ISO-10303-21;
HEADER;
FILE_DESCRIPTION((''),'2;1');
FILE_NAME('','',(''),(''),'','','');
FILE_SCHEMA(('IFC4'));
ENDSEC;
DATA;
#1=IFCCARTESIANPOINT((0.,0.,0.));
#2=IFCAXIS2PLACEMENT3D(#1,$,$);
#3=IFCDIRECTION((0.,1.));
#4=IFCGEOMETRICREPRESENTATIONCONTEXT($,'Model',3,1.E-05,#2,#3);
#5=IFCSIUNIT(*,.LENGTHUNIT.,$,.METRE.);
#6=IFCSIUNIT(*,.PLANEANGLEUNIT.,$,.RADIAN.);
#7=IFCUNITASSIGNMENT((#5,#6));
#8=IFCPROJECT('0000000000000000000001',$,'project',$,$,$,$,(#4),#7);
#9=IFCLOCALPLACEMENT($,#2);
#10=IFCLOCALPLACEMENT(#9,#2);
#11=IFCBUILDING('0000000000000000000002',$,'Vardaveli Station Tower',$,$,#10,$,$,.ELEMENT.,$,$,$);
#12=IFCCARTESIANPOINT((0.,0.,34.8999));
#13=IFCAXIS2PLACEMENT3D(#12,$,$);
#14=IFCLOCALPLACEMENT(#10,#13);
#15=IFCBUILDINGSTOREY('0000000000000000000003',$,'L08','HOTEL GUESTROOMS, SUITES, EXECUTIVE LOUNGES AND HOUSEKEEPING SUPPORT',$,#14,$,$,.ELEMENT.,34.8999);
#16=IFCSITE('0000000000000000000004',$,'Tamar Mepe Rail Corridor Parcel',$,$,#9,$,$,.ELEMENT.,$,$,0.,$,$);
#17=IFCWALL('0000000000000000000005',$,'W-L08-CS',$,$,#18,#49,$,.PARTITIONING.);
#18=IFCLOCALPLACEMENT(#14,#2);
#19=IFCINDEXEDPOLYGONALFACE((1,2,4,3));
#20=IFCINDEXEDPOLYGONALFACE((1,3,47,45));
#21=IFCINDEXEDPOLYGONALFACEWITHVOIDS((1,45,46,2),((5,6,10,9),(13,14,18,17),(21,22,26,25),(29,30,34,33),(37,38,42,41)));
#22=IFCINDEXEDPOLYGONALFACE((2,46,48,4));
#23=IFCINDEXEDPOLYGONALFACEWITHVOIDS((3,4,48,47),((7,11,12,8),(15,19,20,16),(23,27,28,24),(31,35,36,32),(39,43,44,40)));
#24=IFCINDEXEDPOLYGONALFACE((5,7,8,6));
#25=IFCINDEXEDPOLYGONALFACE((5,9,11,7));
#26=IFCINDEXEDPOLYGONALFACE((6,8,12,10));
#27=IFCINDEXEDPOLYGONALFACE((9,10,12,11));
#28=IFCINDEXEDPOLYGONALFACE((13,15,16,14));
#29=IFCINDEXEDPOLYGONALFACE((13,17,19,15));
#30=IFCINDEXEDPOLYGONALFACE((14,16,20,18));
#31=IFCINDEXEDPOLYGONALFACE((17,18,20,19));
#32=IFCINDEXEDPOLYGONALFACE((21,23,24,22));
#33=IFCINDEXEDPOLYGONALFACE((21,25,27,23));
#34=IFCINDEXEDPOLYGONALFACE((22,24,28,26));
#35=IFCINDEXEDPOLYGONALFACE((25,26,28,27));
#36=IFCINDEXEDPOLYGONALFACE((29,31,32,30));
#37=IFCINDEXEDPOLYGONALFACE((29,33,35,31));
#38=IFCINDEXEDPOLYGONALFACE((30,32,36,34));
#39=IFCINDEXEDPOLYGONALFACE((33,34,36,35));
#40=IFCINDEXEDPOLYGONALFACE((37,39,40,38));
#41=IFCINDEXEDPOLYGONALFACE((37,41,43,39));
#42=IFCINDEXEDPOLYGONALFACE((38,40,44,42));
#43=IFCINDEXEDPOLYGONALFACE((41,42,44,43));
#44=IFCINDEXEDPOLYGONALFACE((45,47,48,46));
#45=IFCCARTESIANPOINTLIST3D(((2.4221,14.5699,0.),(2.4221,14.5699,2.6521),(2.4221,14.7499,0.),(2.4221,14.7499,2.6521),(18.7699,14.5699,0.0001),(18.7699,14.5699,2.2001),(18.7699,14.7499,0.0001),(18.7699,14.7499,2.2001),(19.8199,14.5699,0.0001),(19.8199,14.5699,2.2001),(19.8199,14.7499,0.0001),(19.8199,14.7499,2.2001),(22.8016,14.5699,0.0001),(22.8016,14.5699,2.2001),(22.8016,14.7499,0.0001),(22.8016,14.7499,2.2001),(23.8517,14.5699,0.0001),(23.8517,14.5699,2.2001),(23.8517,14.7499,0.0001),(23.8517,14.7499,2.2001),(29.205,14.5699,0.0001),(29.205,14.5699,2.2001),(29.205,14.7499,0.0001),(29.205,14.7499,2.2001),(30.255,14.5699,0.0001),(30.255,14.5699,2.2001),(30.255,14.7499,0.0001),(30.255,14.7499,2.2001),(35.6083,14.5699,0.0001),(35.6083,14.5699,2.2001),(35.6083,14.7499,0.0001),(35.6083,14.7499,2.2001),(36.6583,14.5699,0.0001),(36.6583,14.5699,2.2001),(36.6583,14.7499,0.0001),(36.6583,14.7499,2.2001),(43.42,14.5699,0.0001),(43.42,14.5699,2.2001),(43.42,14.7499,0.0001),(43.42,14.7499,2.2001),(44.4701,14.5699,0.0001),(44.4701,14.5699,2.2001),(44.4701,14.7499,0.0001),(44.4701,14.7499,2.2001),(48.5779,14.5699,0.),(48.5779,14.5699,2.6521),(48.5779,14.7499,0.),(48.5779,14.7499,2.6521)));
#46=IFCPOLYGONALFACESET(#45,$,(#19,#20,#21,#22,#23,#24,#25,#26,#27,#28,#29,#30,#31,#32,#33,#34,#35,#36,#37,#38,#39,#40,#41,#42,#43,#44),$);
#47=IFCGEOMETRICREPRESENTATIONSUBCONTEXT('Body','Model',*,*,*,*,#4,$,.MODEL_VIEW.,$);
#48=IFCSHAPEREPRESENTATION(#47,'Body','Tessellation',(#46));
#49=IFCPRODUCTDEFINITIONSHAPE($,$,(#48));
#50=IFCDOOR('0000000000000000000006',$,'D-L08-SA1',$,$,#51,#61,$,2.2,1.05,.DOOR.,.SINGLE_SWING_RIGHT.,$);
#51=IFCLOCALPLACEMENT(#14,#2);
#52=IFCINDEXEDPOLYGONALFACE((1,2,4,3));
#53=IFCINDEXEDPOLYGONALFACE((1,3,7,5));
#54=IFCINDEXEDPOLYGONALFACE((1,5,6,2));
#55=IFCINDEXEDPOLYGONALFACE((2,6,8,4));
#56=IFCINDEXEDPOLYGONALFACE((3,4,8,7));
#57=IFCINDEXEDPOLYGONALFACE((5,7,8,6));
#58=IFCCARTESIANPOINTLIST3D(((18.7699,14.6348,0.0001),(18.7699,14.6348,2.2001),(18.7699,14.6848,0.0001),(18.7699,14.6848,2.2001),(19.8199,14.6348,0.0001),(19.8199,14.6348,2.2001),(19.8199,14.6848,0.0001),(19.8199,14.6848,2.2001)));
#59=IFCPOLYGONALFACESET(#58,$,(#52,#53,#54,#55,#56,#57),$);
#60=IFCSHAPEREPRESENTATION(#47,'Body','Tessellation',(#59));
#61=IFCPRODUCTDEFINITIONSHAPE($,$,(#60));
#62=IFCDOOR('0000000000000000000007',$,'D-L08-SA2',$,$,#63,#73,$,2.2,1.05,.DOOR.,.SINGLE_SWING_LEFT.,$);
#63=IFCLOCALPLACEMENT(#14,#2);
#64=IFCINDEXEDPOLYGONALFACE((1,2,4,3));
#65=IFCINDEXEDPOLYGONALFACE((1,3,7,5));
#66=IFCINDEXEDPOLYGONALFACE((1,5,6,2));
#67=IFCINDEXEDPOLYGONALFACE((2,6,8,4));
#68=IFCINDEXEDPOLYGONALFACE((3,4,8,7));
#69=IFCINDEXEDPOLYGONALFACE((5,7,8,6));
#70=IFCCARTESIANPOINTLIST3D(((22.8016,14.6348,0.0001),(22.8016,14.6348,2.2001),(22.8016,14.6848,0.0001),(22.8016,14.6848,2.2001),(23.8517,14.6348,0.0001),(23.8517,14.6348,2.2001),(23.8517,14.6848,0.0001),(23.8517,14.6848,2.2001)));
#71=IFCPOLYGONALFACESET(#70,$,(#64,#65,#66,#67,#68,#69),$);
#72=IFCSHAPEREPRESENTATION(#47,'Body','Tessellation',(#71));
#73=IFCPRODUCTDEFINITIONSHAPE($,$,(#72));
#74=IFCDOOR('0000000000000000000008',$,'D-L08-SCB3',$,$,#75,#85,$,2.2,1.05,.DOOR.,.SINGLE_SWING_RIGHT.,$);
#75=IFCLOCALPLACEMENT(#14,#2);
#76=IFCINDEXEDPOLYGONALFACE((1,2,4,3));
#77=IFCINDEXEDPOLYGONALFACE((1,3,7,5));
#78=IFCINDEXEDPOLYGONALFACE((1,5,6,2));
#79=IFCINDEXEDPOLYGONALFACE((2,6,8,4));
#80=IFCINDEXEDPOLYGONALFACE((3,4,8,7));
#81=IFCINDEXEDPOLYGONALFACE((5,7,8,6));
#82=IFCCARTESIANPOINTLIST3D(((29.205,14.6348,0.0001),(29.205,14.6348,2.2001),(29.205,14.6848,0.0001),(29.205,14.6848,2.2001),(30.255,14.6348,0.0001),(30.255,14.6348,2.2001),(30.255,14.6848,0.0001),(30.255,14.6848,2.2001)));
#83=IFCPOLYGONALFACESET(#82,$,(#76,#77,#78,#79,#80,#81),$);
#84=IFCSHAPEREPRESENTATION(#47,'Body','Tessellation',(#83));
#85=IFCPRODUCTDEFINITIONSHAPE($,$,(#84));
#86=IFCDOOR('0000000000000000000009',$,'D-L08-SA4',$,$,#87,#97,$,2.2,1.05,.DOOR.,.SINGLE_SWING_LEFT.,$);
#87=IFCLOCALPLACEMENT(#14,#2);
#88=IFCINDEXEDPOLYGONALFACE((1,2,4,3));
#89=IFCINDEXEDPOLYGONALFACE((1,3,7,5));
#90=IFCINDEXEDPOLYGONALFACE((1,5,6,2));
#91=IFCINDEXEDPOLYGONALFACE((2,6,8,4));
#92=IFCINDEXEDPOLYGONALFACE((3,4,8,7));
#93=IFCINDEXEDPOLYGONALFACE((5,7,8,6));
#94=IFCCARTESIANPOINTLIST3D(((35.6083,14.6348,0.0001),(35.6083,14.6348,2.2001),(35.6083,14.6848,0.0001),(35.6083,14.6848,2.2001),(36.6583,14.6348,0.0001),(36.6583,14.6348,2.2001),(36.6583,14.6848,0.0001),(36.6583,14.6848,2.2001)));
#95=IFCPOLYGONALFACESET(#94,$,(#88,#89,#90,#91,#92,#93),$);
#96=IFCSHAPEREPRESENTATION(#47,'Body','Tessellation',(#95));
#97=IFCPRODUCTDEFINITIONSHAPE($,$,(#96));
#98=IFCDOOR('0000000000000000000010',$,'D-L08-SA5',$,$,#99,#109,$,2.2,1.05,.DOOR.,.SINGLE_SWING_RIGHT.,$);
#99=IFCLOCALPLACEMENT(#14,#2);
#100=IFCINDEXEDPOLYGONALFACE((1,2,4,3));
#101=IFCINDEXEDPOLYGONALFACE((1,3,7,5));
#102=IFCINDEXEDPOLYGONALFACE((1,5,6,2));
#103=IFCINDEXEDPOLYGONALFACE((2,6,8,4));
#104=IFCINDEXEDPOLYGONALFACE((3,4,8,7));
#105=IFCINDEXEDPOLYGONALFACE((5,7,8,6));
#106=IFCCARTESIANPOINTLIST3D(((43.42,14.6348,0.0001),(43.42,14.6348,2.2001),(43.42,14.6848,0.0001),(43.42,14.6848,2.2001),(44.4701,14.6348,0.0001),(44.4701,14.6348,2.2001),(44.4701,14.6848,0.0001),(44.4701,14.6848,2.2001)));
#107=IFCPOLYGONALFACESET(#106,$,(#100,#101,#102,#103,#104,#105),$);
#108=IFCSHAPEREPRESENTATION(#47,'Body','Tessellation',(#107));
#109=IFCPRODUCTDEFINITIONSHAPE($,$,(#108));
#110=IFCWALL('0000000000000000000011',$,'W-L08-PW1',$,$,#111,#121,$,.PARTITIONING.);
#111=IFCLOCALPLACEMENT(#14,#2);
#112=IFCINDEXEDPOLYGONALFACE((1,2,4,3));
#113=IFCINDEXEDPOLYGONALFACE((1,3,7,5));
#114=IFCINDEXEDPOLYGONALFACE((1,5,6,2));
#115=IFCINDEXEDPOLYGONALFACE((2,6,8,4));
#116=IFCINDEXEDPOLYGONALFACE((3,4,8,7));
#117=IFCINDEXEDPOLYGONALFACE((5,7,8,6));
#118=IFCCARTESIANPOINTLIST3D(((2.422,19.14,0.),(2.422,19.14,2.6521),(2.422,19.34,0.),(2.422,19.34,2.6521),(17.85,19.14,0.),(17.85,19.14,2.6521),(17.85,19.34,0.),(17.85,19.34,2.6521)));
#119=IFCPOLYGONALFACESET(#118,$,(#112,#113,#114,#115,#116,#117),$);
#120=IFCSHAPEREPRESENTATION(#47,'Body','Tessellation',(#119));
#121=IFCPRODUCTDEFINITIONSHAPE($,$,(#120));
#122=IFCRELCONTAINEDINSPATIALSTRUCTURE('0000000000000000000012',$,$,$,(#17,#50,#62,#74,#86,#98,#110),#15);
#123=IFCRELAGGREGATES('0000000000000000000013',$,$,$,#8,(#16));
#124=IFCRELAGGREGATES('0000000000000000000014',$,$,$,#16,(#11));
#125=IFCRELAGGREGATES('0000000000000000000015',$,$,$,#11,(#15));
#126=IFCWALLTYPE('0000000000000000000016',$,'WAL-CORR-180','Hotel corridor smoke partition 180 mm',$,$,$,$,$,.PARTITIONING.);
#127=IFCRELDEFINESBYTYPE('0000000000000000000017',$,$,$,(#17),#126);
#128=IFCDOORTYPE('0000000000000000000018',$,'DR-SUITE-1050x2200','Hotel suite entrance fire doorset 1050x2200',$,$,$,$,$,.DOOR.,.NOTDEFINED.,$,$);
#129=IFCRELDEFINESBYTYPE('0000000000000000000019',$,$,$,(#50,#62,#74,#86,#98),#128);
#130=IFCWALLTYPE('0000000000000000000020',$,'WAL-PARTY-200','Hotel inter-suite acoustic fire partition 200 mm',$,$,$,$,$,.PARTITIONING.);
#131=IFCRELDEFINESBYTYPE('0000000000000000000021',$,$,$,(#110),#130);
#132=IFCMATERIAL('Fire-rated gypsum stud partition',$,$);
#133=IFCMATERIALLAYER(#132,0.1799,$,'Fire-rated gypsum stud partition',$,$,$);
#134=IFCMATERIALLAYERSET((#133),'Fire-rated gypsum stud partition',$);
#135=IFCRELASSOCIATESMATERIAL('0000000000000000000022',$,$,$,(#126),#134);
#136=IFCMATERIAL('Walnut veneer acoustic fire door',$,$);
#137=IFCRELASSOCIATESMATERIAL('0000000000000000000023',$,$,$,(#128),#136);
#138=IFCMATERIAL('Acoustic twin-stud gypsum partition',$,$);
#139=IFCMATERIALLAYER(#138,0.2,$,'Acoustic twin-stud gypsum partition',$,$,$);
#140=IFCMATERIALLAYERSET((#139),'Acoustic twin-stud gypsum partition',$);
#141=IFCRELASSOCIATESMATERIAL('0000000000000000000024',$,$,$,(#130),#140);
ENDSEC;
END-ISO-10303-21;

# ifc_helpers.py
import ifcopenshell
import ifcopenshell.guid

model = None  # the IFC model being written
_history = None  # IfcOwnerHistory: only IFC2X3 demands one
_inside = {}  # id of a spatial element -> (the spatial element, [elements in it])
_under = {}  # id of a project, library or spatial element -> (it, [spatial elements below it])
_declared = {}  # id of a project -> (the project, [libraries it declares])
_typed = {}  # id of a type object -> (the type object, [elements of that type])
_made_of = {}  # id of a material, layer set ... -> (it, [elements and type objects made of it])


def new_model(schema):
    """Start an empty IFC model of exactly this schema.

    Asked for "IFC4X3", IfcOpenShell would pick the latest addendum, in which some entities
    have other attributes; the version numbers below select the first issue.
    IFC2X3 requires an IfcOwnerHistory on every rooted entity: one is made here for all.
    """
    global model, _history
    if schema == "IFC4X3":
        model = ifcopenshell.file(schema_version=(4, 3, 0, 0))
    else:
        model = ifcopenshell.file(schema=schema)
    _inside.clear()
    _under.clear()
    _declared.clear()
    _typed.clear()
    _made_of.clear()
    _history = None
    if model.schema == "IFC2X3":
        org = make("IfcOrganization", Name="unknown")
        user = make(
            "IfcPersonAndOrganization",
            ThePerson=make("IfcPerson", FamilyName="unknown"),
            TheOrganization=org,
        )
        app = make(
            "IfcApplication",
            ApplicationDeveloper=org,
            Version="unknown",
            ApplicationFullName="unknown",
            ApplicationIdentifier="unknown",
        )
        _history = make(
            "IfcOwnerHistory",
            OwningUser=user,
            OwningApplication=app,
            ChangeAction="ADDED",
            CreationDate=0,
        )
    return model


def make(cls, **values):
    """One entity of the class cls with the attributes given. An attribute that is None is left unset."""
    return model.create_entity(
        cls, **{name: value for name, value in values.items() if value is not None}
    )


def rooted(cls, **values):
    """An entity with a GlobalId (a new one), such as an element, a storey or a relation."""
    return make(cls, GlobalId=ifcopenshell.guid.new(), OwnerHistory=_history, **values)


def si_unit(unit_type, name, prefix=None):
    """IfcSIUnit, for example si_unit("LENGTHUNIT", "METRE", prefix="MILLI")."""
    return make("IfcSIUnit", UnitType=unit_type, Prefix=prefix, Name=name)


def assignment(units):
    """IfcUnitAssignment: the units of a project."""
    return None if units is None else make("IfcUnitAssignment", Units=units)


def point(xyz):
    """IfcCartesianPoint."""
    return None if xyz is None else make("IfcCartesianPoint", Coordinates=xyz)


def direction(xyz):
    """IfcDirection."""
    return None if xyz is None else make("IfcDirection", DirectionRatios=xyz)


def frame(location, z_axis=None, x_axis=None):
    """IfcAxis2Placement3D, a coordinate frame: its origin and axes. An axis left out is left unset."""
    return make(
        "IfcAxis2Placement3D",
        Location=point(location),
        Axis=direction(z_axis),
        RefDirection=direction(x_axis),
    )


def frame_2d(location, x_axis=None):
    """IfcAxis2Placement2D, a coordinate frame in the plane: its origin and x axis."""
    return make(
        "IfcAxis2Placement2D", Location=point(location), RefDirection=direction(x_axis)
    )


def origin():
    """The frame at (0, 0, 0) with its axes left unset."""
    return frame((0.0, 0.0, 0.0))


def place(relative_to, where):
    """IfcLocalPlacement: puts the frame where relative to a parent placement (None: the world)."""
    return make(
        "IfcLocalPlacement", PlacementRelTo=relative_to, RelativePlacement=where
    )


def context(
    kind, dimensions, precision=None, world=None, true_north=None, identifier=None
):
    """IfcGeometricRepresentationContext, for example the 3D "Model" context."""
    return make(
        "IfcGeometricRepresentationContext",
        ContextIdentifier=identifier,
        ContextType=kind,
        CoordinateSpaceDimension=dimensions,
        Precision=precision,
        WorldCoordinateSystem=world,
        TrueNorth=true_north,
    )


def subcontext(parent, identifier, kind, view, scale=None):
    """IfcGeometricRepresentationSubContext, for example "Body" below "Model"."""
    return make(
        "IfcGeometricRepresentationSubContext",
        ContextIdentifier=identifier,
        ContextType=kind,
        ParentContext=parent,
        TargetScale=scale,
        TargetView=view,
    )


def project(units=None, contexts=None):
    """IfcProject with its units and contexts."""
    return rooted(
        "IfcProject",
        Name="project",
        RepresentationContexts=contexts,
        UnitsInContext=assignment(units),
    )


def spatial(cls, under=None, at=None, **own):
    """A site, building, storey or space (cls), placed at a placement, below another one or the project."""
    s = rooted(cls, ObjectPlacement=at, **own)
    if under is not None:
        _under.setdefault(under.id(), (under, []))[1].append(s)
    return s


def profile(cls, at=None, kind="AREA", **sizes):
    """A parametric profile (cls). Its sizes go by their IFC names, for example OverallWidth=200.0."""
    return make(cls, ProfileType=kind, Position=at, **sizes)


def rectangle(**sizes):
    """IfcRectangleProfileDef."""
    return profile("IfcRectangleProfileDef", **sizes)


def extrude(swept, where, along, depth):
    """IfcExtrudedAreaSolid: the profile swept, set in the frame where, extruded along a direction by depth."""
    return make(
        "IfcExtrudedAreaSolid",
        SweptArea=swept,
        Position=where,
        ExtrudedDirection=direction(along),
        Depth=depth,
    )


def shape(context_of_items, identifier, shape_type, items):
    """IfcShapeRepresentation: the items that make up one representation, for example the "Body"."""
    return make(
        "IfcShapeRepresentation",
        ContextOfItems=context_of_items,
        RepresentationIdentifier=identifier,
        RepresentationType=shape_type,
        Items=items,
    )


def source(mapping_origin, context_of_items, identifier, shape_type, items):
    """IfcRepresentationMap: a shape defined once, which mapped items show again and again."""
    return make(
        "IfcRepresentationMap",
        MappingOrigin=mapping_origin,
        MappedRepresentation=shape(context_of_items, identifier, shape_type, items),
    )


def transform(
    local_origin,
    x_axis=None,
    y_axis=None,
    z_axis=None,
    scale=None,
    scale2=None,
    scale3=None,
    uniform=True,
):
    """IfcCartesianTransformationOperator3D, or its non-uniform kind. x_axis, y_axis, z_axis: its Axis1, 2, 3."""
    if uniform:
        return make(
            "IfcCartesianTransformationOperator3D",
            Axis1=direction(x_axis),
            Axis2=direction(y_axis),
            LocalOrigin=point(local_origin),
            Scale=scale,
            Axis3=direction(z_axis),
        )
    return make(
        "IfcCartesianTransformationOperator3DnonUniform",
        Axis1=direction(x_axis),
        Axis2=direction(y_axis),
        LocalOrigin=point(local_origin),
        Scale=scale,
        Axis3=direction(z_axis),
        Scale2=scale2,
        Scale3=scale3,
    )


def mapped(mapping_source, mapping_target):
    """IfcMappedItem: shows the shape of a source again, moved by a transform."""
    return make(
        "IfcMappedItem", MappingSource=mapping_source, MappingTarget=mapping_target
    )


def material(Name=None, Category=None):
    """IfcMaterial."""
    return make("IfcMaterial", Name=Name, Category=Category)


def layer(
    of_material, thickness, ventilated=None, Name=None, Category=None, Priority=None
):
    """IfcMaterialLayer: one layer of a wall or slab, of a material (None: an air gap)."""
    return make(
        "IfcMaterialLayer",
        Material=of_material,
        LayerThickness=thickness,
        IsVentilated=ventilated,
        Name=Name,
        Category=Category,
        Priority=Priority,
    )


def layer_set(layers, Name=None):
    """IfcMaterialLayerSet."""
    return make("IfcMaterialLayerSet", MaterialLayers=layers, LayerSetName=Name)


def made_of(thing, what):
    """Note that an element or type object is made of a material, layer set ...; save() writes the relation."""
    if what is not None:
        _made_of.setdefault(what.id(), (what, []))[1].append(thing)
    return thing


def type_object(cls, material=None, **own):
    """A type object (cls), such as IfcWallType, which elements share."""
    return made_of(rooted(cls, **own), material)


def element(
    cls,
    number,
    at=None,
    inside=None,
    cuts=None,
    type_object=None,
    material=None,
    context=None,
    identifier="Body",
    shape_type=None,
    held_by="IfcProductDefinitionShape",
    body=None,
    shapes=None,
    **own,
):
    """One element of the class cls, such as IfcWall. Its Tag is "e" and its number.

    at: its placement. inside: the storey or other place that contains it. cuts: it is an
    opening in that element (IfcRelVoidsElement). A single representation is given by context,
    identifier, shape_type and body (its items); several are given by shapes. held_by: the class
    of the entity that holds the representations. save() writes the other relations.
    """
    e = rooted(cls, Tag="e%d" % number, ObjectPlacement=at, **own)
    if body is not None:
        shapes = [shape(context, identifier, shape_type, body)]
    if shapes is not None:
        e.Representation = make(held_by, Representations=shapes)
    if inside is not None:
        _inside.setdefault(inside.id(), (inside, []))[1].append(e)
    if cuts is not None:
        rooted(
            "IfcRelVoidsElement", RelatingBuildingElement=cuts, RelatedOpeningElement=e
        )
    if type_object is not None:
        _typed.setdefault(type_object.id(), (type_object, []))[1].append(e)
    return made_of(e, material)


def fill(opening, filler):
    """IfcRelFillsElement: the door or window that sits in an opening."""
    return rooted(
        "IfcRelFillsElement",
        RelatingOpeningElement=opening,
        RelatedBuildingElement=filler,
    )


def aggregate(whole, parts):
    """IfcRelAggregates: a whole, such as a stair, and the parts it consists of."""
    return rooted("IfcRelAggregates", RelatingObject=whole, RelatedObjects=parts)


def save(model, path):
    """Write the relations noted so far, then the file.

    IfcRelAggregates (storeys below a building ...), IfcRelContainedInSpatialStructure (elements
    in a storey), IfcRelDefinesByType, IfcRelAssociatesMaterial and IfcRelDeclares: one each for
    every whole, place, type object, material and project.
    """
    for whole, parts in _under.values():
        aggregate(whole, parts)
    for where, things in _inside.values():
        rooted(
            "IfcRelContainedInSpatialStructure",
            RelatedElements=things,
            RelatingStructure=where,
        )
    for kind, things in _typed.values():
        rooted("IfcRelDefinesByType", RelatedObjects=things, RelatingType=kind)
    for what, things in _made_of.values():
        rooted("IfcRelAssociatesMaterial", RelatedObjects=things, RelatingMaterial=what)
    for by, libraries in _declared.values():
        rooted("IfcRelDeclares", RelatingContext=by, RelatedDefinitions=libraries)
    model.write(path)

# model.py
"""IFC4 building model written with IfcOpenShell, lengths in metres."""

from ifc_helpers import new_model, si_unit, direction, frame, frame_2d, origin, place, context, subcontext, project, spatial, rectangle, extrude, source, transform, mapped, material, layer, layer_set, type_object, element, fill, save


model = new_model("IFC4")

# Units and contexts
model_context = context("Model", 3, precision=1e-05, world=origin(), true_north=direction((0.0, 1.0)))
body_context = subcontext(model_context, "Body", "Model", "MODEL_VIEW")
ifc_project = project(units=[si_unit("LENGTHUNIT", "METRE"), si_unit("PLANEANGLEUNIT", "RADIAN")], contexts=[model_context])

# Site, building, storey
site_placement = place(None, origin())
site = spatial("IfcSite", under=ifc_project, at=site_placement, Name="Tamar Mepe Rail Corridor Parcel", CompositionType="ELEMENT", RefElevation=0.0)
building_placement = place(site_placement, origin())
building = spatial("IfcBuilding", under=site, at=building_placement, Name="Vardaveli Station Tower", CompositionType="ELEMENT")
storey_placement = place(building_placement, frame((0.0, 0.0, 34.8999)))
storey = spatial("IfcBuildingStorey", under=building, at=storey_placement, Name="L08", Description="HOTEL GUESTROOMS, SUITES, EXECUTIVE LOUNGES AND HOUSEKEEPING SUPPORT", CompositionType="ELEMENT", Elevation=34.8999)

# Wall, openings, doors
ifc_material_1 = material(Name="Fire-rated gypsum stud partition")
ifc_layer_1 = layer(ifc_material_1, 0.1799, Name="Fire-rated gypsum stud partition")
ifc_layer_set_1 = layer_set([ifc_layer_1], Name="Fire-rated gypsum stud partition")
wall_type_1 = type_object("IfcWallType", Name="WAL-CORR-180", Description="Hotel corridor smoke partition 180 mm", PredefinedType="PARTITIONING", material=ifc_layer_set_1)
shared_shape_1 = source(origin(), body_context, "Body", "SweptSolid", [
    extrude(rectangle(XDim=46.1558, YDim=0.1799, at=frame_2d((23.0779, 0.0))), origin(), (0.0, 0.0, 1.0), 2.6521),
])
wall_1_placement = place(storey_placement, frame((2.4221, 14.6599, 0.0), z_axis=(0.0, 0.0, 1.0), x_axis=(1.0, 0.0, 0.0)))
wall_1 = element("IfcWall", 1, at=wall_1_placement, inside=storey, type_object=wall_type_1, Name="W-L08-CS", PredefinedType="PARTITIONING", context=body_context, shape_type="MappedRepresentation", body=[
    mapped(shared_shape_1, transform((0.0, 0.0, 0.0), scale=1.0)),
])
shared_shape_2 = source(origin(), body_context, "Body", "SweptSolid", [
    extrude(rectangle(XDim=1.05, YDim=2.2, at=frame_2d((0.5249, 1.1001))), frame((0.0, 0.1001, 0.0), z_axis=(0.0, -1.0, 0.0), x_axis=(1.0, 0.0, 0.0)), (0.0, 0.0, 1.0), 0.2),
])
opening_1_placement = place(wall_1_placement, frame((16.3479, 0.0, 0.0)))
opening_1 = element("IfcOpeningElement", 2, at=opening_1_placement, cuts=wall_1, PredefinedType="OPENING", context=body_context, shape_type="MappedRepresentation", body=[
    mapped(shared_shape_2, transform((0.0, 0.0, 0.0), scale=1.0)),
])
opening_2_placement = place(wall_1_placement, frame((20.3796, 0.0, 0.0)))
opening_2 = element("IfcOpeningElement", 3, at=opening_2_placement, cuts=wall_1, PredefinedType="OPENING", context=body_context, shape_type="MappedRepresentation", body=[
    mapped(shared_shape_2, transform((0.0, 0.0, 0.0), scale=1.0)),
])
opening_3_placement = place(wall_1_placement, frame((26.783, 0.0, 0.0)))
opening_3 = element("IfcOpeningElement", 4, at=opening_3_placement, cuts=wall_1, PredefinedType="OPENING", context=body_context, shape_type="MappedRepresentation", body=[
    mapped(shared_shape_2, transform((0.0, 0.0, 0.0), scale=1.0)),
])
opening_4_placement = place(wall_1_placement, frame((33.1863, 0.0, 0.0)))
opening_4 = element("IfcOpeningElement", 5, at=opening_4_placement, cuts=wall_1, PredefinedType="OPENING", context=body_context, shape_type="MappedRepresentation", body=[
    mapped(shared_shape_2, transform((0.0, 0.0, 0.0), scale=1.0)),
])
opening_5_placement = place(wall_1_placement, frame((40.998, 0.0, 0.0)))
opening_5 = element("IfcOpeningElement", 6, at=opening_5_placement, cuts=wall_1, PredefinedType="OPENING", context=body_context, shape_type="MappedRepresentation", body=[
    mapped(shared_shape_2, transform((0.0, 0.0, 0.0), scale=1.0)),
])
ifc_material_2 = material(Name="Walnut veneer acoustic fire door")
door_type = type_object("IfcDoorType", Name="DR-SUITE-1050x2200", Description="Hotel suite entrance fire doorset 1050x2200", OperationType="NOTDEFINED", PredefinedType="DOOR", material=ifc_material_2)
shared_shape_3 = source(origin(), body_context, "Body", "SweptSolid", [
    extrude(rectangle(XDim=1.05, YDim=2.2, at=frame_2d((0.5249, 1.1001))), frame((0.0, 0.0249, 0.0), z_axis=(0.0, -1.0, 0.0), x_axis=(1.0, 0.0, 0.0)), (0.0, 0.0, 1.0), 0.05),
])
door_1_placement = place(opening_1_placement, origin())
door_1 = element("IfcDoor", 7, at=door_1_placement, inside=storey, type_object=door_type, Name="D-L08-SA1", OperationType="SINGLE_SWING_RIGHT", OverallHeight=2.2, OverallWidth=1.05, PredefinedType="DOOR", context=body_context, shape_type="MappedRepresentation", body=[
    mapped(shared_shape_3, transform((0.0, 0.0, 0.0), scale=1.0)),
])
fill(opening_1, door_1)
door_2_placement = place(opening_2_placement, origin())
door_2 = element("IfcDoor", 8, at=door_2_placement, inside=storey, type_object=door_type, Name="D-L08-SA2", OperationType="SINGLE_SWING_LEFT", OverallHeight=2.2, OverallWidth=1.05, PredefinedType="DOOR", context=body_context, shape_type="MappedRepresentation", body=[
    mapped(shared_shape_3, transform((0.0, 0.0, 0.0), scale=1.0)),
])
fill(opening_2, door_2)
door_3_placement = place(opening_3_placement, origin())
door_3 = element("IfcDoor", 9, at=door_3_placement, inside=storey, type_object=door_type, Name="D-L08-SCB3", OperationType="SINGLE_SWING_RIGHT", OverallHeight=2.2, OverallWidth=1.05, PredefinedType="DOOR", context=body_context, shape_type="MappedRepresentation", body=[
    mapped(shared_shape_3, transform((0.0, 0.0, 0.0), scale=1.0)),
])
fill(opening_3, door_3)
door_4_placement = place(opening_4_placement, origin())
door_4 = element("IfcDoor", 10, at=door_4_placement, inside=storey, type_object=door_type, Name="D-L08-SA4", OperationType="SINGLE_SWING_LEFT", OverallHeight=2.2, OverallWidth=1.05, PredefinedType="DOOR", context=body_context, shape_type="MappedRepresentation", body=[
    mapped(shared_shape_3, transform((0.0, 0.0, 0.0), scale=1.0)),
])
fill(opening_4, door_4)
door_5_placement = place(opening_5_placement, origin())
door_5 = element("IfcDoor", 11, at=door_5_placement, inside=storey, type_object=door_type, Name="D-L08-SA5", OperationType="SINGLE_SWING_RIGHT", OverallHeight=2.2, OverallWidth=1.05, PredefinedType="DOOR", context=body_context, shape_type="MappedRepresentation", body=[
    mapped(shared_shape_3, transform((0.0, 0.0, 0.0), scale=1.0)),
])
fill(opening_5, door_5)

# Wall
ifc_material_3 = material(Name="Acoustic twin-stud gypsum partition")
ifc_layer_2 = layer(ifc_material_3, 0.2, Name="Acoustic twin-stud gypsum partition")
ifc_layer_set_2 = layer_set([ifc_layer_2], Name="Acoustic twin-stud gypsum partition")
wall_type_2 = type_object("IfcWallType", Name="WAL-PARTY-200", Description="Hotel inter-suite acoustic fire partition 200 mm", PredefinedType="PARTITIONING", material=ifc_layer_set_2)
shared_shape_4 = source(origin(), body_context, "Body", "SweptSolid", [
    extrude(rectangle(XDim=15.428, YDim=0.2, at=frame_2d((7.7139, 0.0))), origin(), (0.0, 0.0, 1.0), 2.6521),
])
wall_2_placement = place(storey_placement, frame((2.4221, 19.24, 0.0), z_axis=(0.0, 0.0, 1.0), x_axis=(1.0, 0.0, 0.0)))
element("IfcWall", 12, at=wall_2_placement, inside=storey, type_object=wall_type_2, Name="W-L08-PW1", PredefinedType="PARTITIONING", context=body_context, shape_type="MappedRepresentation", body=[
    mapped(shared_shape_4, transform((0.0, 0.0, 0.0), scale=1.0)),
])

save(model, "model.ifc")
